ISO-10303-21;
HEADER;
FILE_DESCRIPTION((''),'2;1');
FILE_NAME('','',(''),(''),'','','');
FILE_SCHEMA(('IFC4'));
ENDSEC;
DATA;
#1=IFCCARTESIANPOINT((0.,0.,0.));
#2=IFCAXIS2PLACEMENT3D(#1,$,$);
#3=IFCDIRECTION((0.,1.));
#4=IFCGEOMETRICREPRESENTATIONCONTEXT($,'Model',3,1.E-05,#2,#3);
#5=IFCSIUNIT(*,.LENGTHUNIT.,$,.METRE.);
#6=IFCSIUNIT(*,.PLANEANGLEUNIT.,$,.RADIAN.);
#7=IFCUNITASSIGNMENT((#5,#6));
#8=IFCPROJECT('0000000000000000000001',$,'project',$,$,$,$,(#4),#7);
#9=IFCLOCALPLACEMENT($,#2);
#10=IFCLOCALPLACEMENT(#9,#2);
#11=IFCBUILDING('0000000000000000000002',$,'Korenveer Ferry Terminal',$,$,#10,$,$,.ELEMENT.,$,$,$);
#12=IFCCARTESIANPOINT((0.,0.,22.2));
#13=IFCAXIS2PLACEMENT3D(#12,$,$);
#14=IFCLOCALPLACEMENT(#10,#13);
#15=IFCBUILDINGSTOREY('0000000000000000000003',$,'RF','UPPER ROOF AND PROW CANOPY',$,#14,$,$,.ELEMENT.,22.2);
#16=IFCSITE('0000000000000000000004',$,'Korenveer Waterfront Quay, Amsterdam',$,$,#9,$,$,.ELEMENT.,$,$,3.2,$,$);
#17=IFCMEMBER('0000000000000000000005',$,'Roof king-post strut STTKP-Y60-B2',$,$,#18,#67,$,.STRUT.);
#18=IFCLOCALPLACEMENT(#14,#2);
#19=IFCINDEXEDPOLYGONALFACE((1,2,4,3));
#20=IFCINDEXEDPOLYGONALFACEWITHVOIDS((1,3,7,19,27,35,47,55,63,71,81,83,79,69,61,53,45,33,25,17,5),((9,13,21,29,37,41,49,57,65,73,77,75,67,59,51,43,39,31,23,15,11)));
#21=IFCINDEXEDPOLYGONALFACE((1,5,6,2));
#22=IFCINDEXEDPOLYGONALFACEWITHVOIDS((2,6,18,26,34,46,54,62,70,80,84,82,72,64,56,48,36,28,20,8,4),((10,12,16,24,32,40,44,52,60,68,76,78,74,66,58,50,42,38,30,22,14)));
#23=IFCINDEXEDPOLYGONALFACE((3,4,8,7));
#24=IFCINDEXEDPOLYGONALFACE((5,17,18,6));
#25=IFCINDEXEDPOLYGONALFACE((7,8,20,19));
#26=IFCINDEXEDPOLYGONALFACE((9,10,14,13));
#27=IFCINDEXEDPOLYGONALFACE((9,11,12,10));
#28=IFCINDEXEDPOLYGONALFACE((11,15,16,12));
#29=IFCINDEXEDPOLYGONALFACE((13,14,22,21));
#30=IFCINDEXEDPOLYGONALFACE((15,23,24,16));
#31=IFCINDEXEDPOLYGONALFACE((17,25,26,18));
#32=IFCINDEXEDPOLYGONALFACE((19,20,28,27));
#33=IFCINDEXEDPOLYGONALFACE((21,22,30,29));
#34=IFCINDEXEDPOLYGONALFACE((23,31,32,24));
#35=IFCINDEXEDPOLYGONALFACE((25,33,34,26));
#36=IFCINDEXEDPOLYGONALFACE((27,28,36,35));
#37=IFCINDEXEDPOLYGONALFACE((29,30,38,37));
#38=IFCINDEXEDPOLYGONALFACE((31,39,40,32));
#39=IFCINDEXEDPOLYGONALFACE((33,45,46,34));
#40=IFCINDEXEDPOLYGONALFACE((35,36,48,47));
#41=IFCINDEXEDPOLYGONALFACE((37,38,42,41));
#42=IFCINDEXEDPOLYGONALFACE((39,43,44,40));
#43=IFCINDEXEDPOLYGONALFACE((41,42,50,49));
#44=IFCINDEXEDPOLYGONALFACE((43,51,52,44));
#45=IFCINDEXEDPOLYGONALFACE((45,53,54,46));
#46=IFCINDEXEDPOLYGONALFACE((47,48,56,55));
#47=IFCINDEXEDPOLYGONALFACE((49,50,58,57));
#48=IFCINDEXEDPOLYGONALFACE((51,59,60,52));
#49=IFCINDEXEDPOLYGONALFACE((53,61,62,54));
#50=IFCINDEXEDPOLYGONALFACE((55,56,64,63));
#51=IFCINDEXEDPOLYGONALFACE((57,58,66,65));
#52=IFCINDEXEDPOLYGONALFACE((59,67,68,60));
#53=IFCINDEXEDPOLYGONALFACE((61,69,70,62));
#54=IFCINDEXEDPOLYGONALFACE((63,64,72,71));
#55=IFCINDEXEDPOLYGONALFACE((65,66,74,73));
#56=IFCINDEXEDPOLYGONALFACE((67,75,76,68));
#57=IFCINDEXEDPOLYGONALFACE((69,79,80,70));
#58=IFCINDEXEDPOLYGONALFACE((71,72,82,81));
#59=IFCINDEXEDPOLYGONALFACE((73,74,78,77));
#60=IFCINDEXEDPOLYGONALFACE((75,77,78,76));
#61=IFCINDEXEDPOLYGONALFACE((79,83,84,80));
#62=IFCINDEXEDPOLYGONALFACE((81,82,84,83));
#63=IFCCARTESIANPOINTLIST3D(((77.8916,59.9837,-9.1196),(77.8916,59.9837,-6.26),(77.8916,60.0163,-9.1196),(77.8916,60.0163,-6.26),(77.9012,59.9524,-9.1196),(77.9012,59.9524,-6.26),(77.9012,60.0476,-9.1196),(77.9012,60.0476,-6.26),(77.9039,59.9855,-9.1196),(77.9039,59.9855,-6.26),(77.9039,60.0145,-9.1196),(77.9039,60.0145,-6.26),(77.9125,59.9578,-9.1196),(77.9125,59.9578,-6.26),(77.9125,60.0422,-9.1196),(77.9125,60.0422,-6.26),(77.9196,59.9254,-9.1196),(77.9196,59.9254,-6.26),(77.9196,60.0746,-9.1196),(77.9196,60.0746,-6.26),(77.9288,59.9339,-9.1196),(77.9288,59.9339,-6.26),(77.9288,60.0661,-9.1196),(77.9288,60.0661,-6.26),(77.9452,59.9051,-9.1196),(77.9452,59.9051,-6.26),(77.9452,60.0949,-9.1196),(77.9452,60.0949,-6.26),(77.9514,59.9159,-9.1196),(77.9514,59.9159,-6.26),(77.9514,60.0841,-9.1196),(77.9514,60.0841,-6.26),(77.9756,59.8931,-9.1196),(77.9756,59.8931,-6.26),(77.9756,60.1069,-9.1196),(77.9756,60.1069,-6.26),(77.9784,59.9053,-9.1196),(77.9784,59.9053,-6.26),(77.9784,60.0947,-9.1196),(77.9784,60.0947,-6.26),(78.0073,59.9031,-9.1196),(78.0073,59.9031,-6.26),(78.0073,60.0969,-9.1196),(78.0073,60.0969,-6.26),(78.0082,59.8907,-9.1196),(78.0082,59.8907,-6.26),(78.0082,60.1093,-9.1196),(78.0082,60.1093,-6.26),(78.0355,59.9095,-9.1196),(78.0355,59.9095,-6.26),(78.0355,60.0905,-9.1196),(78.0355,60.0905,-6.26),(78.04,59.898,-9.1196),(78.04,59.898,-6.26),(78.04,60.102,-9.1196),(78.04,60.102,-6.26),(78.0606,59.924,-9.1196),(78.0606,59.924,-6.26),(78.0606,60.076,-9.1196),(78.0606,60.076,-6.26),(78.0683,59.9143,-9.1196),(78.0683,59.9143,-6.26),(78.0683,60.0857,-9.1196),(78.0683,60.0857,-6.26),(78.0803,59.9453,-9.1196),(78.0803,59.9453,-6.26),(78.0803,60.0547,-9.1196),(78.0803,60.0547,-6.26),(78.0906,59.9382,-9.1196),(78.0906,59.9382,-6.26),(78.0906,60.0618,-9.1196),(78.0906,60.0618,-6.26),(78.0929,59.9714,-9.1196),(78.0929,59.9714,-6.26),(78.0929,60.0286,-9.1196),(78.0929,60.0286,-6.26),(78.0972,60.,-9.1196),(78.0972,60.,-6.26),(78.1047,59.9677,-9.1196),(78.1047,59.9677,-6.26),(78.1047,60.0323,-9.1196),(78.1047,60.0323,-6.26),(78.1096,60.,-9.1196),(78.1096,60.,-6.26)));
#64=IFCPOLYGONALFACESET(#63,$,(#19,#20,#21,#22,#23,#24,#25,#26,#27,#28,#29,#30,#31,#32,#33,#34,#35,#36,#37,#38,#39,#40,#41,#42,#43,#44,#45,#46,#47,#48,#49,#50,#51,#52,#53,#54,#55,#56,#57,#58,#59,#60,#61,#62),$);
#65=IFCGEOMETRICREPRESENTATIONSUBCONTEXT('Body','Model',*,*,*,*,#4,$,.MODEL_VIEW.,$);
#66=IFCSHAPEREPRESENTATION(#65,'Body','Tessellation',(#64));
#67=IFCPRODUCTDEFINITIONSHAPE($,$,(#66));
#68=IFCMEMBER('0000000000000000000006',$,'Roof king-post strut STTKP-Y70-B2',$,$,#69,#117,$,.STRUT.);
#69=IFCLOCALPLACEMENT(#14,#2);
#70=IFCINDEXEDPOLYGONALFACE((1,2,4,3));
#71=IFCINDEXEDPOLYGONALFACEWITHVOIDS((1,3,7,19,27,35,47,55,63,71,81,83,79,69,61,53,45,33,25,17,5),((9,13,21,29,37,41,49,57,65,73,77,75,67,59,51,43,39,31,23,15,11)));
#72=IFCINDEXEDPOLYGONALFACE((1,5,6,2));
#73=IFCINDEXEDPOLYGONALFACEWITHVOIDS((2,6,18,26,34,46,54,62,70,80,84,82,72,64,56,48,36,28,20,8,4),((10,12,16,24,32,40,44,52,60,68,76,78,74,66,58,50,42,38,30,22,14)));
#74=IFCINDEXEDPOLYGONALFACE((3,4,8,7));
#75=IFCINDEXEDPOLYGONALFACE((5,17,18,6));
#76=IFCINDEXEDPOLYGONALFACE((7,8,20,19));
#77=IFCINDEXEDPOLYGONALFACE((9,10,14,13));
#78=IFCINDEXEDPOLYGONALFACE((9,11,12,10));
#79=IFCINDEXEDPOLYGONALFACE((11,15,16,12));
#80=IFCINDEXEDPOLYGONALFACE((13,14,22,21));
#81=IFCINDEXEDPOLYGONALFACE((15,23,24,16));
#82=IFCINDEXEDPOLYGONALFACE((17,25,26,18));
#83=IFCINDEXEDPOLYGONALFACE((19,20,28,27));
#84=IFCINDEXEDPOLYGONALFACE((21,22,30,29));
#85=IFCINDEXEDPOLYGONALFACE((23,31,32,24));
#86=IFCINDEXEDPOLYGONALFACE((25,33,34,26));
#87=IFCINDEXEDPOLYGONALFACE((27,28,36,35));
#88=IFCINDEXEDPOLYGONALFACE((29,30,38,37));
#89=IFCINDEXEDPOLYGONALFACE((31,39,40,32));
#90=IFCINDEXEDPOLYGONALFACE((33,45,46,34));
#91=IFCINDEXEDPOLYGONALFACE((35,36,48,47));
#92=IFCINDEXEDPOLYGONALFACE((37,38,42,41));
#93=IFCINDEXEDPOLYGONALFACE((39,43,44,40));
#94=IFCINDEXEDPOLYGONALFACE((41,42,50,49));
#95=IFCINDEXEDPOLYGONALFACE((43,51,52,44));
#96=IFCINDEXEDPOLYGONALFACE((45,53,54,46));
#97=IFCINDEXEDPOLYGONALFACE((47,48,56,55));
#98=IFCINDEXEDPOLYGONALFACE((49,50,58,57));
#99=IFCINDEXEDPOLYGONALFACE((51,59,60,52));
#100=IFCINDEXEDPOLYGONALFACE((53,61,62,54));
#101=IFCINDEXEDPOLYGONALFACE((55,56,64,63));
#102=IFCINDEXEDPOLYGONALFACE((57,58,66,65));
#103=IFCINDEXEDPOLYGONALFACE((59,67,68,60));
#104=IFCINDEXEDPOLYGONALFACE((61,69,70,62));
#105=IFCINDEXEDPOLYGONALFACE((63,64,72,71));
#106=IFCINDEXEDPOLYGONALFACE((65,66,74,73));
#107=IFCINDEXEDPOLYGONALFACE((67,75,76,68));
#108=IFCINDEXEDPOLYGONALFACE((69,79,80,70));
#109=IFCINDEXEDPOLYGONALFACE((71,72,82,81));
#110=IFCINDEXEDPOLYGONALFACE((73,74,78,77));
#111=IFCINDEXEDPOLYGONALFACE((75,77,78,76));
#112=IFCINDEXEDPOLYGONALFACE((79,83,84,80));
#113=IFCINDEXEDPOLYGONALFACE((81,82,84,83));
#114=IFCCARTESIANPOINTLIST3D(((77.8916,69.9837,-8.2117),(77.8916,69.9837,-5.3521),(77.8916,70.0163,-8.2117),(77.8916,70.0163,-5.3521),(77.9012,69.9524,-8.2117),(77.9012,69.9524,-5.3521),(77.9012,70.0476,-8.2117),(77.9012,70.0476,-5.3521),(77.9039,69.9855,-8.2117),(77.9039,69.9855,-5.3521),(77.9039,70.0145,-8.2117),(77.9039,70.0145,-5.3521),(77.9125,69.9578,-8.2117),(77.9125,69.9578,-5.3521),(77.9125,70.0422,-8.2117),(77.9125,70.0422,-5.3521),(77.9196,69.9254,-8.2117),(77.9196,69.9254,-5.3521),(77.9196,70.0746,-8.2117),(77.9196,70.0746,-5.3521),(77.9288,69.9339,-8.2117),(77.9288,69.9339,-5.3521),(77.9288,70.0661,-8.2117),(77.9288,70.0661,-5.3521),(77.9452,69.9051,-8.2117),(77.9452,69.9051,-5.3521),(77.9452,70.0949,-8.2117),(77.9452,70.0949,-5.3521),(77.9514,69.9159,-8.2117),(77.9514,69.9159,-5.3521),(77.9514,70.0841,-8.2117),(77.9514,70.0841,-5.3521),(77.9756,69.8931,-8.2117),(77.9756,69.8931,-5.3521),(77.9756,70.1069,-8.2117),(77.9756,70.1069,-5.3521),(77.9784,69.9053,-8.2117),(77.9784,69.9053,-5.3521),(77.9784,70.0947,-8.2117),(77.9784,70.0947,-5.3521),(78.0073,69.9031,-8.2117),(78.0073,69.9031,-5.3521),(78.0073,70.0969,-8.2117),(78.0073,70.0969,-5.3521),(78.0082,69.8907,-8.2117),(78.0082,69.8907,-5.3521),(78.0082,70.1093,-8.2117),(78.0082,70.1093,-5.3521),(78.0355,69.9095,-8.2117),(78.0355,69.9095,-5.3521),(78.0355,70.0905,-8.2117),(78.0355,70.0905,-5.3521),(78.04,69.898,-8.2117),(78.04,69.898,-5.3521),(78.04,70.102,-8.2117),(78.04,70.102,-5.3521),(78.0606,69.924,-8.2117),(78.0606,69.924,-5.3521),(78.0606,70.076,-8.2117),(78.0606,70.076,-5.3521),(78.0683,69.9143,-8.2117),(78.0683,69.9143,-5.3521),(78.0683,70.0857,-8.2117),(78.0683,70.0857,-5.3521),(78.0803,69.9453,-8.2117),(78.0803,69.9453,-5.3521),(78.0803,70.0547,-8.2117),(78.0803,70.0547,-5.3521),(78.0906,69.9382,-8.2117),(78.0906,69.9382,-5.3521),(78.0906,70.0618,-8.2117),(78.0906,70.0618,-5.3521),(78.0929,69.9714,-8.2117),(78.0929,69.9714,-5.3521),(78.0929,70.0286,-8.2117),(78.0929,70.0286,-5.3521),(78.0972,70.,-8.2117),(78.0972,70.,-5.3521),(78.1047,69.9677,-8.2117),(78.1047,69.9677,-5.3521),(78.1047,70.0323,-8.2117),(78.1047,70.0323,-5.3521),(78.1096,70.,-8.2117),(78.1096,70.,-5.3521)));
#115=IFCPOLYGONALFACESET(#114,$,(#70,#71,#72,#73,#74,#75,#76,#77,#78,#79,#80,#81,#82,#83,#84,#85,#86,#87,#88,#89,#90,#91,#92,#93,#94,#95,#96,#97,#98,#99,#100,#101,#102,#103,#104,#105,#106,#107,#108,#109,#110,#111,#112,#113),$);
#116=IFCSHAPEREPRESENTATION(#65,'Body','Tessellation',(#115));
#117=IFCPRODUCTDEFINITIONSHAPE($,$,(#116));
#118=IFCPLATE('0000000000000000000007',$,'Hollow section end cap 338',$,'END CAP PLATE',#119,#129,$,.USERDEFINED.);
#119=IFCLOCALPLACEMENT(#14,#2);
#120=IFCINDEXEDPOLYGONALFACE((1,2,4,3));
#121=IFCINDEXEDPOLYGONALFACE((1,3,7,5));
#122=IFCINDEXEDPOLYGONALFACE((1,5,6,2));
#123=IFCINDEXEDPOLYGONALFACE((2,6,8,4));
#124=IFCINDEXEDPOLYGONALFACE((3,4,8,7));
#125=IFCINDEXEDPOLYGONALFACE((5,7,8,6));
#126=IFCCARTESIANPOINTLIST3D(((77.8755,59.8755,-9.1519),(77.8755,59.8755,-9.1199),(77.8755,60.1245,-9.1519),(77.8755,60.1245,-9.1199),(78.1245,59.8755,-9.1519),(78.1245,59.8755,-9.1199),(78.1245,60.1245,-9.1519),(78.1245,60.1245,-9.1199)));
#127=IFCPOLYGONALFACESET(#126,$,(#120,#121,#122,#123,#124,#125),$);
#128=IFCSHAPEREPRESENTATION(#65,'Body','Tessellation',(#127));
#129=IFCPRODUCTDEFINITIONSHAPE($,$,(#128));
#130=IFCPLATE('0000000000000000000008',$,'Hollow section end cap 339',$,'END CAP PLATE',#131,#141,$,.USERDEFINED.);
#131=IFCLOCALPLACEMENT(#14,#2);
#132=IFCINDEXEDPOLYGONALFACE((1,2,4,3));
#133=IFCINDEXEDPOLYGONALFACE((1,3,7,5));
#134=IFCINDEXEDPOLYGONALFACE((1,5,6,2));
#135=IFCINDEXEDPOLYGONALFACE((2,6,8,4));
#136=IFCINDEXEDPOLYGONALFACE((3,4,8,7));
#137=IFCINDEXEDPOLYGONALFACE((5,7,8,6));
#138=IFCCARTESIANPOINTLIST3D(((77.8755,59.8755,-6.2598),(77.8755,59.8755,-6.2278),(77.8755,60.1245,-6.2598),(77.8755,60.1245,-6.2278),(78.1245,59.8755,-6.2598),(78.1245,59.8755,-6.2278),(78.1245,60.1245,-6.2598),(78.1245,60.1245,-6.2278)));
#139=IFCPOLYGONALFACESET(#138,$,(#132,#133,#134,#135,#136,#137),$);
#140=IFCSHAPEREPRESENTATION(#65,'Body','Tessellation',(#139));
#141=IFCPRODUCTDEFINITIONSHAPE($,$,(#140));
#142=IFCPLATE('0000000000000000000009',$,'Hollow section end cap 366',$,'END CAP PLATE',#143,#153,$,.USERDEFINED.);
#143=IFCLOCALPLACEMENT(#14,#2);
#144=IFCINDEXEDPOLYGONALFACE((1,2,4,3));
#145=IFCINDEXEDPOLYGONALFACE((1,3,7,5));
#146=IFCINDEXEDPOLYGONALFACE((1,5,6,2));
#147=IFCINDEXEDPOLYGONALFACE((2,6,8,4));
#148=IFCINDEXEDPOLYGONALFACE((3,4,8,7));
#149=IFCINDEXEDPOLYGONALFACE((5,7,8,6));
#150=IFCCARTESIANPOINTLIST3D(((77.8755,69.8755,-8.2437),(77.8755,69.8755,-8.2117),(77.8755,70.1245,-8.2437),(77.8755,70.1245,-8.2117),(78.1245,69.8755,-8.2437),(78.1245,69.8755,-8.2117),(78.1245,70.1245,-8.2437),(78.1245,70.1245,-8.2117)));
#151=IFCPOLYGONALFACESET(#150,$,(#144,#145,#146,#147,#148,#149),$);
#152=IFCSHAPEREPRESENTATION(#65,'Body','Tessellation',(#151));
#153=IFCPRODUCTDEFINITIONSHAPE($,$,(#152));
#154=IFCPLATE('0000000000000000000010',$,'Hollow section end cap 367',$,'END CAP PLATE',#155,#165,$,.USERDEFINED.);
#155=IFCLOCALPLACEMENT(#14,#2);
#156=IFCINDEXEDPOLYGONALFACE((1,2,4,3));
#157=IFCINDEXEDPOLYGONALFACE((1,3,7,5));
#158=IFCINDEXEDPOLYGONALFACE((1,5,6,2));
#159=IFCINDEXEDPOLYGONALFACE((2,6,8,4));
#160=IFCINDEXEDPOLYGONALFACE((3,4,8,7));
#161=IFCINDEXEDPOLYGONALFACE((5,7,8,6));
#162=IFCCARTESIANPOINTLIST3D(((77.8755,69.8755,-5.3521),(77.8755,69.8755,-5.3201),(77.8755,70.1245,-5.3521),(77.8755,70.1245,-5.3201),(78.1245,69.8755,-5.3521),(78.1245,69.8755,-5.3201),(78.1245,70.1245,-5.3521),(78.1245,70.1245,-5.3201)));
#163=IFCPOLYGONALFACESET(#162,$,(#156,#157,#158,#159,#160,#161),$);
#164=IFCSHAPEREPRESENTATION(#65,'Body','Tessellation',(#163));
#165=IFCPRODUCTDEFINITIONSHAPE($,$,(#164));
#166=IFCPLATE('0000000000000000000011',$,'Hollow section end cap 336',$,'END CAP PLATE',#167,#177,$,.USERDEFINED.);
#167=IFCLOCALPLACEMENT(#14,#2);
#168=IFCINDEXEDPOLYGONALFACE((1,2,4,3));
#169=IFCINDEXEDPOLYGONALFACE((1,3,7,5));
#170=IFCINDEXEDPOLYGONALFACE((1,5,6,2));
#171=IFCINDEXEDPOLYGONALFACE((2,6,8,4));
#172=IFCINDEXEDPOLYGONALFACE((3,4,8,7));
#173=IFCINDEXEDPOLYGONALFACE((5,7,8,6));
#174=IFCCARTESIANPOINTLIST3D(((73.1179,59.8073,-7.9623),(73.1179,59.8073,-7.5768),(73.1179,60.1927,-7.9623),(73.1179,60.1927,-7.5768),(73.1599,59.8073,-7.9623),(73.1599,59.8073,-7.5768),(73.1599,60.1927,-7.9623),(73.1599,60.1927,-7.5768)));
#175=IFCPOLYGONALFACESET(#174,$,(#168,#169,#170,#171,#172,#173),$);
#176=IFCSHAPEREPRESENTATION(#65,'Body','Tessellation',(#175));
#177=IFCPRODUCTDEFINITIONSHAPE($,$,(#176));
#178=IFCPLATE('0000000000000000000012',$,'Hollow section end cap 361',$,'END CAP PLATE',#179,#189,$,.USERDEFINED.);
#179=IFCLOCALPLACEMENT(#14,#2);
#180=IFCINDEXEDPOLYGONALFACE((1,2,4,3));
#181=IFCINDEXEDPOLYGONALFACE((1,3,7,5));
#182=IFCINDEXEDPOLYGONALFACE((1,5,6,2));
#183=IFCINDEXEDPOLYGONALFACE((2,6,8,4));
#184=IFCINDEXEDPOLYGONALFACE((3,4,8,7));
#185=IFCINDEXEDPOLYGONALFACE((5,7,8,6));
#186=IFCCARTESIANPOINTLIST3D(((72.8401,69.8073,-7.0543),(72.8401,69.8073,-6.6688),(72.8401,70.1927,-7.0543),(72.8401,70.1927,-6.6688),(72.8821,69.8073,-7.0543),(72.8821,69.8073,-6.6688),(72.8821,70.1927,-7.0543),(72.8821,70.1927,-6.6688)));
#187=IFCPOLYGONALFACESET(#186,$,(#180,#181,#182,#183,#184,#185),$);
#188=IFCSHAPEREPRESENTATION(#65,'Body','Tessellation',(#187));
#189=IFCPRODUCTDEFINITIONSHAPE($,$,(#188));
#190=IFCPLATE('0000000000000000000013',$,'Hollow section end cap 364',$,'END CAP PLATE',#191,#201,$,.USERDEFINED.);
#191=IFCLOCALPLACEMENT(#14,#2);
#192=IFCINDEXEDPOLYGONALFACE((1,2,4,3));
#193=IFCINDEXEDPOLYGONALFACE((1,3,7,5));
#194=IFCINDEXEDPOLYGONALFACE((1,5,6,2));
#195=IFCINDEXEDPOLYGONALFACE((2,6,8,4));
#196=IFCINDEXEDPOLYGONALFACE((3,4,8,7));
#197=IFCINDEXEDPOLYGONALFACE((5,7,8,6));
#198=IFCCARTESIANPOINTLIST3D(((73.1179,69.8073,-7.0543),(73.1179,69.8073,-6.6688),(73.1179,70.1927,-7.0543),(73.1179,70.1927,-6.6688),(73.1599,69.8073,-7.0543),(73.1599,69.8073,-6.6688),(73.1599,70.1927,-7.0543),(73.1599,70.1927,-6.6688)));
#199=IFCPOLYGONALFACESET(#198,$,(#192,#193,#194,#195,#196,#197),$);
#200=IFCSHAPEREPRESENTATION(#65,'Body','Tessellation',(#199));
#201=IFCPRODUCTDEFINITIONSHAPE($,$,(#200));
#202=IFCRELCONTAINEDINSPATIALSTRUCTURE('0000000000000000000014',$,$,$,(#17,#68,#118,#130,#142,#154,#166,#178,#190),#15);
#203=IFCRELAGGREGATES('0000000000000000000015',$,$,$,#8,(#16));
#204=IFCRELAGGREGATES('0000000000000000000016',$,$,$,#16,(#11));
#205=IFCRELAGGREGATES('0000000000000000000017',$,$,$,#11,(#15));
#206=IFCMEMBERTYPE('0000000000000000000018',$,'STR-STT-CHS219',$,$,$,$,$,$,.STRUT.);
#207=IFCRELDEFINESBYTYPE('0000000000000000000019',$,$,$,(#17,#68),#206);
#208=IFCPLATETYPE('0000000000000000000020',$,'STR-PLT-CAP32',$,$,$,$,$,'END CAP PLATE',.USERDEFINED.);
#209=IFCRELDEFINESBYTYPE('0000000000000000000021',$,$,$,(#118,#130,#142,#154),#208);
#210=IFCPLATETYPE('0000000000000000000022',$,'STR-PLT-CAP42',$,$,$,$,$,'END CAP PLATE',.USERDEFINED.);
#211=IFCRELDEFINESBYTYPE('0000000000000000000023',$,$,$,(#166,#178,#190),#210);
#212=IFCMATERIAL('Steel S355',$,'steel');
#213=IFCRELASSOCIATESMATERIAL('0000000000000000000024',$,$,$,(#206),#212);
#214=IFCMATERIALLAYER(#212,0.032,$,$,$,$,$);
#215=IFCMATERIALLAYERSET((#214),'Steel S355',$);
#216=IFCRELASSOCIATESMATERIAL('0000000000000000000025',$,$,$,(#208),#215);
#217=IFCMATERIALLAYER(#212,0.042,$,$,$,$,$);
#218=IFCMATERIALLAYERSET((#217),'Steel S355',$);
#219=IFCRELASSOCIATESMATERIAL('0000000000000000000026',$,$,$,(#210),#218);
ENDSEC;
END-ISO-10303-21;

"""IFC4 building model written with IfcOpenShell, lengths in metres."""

from ifc_helpers import new_model, si_unit, direction, frame, origin, origin_2d, place, context, subcontext, project, spatial, rectangle, hollow_circle, extrude, material, layer, layer_set, material_profile, profile_set, type_object, element, save


model = new_model("IFC4")

# Units and contexts
model_context = context("Model", 3, precision=1e-05, world=origin(), true_north=direction((0.0, 1.0)))
body_context = subcontext(model_context, "Body", "Model", "MODEL_VIEW")
ifc_project = project(units=[si_unit("LENGTHUNIT", "METRE"), si_unit("PLANEANGLEUNIT", "RADIAN")], contexts=[model_context])

# Site, building, storey
site_placement = place(None, origin())
site = spatial("IfcSite", under=ifc_project, at=site_placement, Name="Korenveer Waterfront Quay, Amsterdam", CompositionType="ELEMENT", RefElevation=3.2)
building_placement = place(site_placement, origin())
building = spatial("IfcBuilding", under=site, at=building_placement, Name="Korenveer Ferry Terminal", CompositionType="ELEMENT")
storey_placement = place(building_placement, frame((0.0, 0.0, 22.2)))
storey = spatial("IfcBuildingStorey", under=building, at=storey_placement, Name="RF", Description="UPPER ROOF AND PROW CANOPY", CompositionType="ELEMENT", Elevation=22.2)

# Shared definitions
ifc_material_1 = material(Name="Steel S355", Category="steel")

# Members
ifc_material_profile_1 = material_profile(ifc_material_1, hollow_circle(Radius=0.1096, WallThickness=0.0125, at=origin_2d()), Name="CHS 219.1x12.5")
ifc_profile_set_1 = profile_set([ifc_material_profile_1], Name="Steel S355")
member_type_1 = type_object("IfcMemberType", Name="STR-STT-CHS219", PredefinedType="STRUT", material=ifc_profile_set_1)
for number, where, z_axis, x_axis, name in (
    (1, (78.0, 60.0, -9.1196), (0.0, 0.0, 1.0), (1.0, 0.0, 0.0), "Roof king-post strut STTKP-Y60-B2"),
    (2, (78.0, 70.0, -8.2117), (0.0, 0.0, 1.0), (1.0, 0.0, 0.0), "Roof king-post strut STTKP-Y70-B2"),
):
    element("IfcMember", number, at=place(storey_placement, frame(where, z_axis=z_axis, x_axis=x_axis)), inside=storey, type_object=member_type_1, Name=name, PredefinedType="STRUT", context=body_context, shape_type="SweptSolid", body=[
        extrude(hollow_circle(Radius=0.1096, WallThickness=0.0125, at=origin_2d()), origin(), (0.0, 0.0, 1.0), 2.8596),
    ])

# Plates
ifc_layer_1 = layer(ifc_material_1, 0.032)
ifc_layer_set_1 = layer_set([ifc_layer_1], Name="Steel S355")
plate_type_1 = type_object("IfcPlateType", Name="STR-PLT-CAP32", ElementType="END CAP PLATE", PredefinedType="USERDEFINED", material=ifc_layer_set_1)
for number, where, z_axis, x_axis, name in (
    (3, (78.0, 60.0, -9.1519), (0.0, 0.0, 1.0), (1.0, 0.0, 0.0), "Hollow section end cap 338"),
    (4, (78.0, 60.0, -6.2598), (0.0, 0.0, 1.0), (1.0, 0.0, 0.0), "Hollow section end cap 339"),
    (5, (78.0, 70.0, -8.2437), (0.0, 0.0, 1.0), (1.0, 0.0, 0.0), "Hollow section end cap 366"),
    (6, (78.0, 70.0, -5.3521), (0.0, 0.0, 1.0), (1.0, 0.0, 0.0), "Hollow section end cap 367"),
):
    element("IfcPlate", number, at=place(storey_placement, frame(where, z_axis=z_axis, x_axis=x_axis)), inside=storey, type_object=plate_type_1, Name=name, ObjectType="END CAP PLATE", PredefinedType="USERDEFINED", context=body_context, shape_type="SweptSolid", body=[
        extrude(rectangle(XDim=0.249, YDim=0.249, at=origin_2d()), origin(), (0.0, 0.0, 1.0), 0.032),
    ])
ifc_layer_2 = layer(ifc_material_1, 0.042)
ifc_layer_set_2 = layer_set([ifc_layer_2], Name="Steel S355")
plate_type_2 = type_object("IfcPlateType", Name="STR-PLT-CAP42", ElementType="END CAP PLATE", PredefinedType="USERDEFINED", material=ifc_layer_set_2)
for number, where, z_axis, x_axis, name in (
    (7, (73.1179, 60.0, -7.7695), (1.0, 0.0, 0.0), (0.0, 1.0, 0.0), "Hollow section end cap 336"),
    (8, (72.8401, 70.0, -6.8616), (1.0, 0.0, 0.0), (0.0, 1.0, 0.0), "Hollow section end cap 361"),
    (9, (73.1179, 70.0, -6.8616), (1.0, 0.0, 0.0), (0.0, 1.0, 0.0), "Hollow section end cap 364"),
):
    element("IfcPlate", number, at=place(storey_placement, frame(where, z_axis=z_axis, x_axis=x_axis)), inside=storey, type_object=plate_type_2, Name=name, ObjectType="END CAP PLATE", PredefinedType="USERDEFINED", context=body_context, shape_type="SweptSolid", body=[
        extrude(rectangle(XDim=0.3855, YDim=0.3855, at=origin_2d()), origin(), (0.0, 0.0, 1.0), 0.042),
    ])

save(model, "model.ifc")
